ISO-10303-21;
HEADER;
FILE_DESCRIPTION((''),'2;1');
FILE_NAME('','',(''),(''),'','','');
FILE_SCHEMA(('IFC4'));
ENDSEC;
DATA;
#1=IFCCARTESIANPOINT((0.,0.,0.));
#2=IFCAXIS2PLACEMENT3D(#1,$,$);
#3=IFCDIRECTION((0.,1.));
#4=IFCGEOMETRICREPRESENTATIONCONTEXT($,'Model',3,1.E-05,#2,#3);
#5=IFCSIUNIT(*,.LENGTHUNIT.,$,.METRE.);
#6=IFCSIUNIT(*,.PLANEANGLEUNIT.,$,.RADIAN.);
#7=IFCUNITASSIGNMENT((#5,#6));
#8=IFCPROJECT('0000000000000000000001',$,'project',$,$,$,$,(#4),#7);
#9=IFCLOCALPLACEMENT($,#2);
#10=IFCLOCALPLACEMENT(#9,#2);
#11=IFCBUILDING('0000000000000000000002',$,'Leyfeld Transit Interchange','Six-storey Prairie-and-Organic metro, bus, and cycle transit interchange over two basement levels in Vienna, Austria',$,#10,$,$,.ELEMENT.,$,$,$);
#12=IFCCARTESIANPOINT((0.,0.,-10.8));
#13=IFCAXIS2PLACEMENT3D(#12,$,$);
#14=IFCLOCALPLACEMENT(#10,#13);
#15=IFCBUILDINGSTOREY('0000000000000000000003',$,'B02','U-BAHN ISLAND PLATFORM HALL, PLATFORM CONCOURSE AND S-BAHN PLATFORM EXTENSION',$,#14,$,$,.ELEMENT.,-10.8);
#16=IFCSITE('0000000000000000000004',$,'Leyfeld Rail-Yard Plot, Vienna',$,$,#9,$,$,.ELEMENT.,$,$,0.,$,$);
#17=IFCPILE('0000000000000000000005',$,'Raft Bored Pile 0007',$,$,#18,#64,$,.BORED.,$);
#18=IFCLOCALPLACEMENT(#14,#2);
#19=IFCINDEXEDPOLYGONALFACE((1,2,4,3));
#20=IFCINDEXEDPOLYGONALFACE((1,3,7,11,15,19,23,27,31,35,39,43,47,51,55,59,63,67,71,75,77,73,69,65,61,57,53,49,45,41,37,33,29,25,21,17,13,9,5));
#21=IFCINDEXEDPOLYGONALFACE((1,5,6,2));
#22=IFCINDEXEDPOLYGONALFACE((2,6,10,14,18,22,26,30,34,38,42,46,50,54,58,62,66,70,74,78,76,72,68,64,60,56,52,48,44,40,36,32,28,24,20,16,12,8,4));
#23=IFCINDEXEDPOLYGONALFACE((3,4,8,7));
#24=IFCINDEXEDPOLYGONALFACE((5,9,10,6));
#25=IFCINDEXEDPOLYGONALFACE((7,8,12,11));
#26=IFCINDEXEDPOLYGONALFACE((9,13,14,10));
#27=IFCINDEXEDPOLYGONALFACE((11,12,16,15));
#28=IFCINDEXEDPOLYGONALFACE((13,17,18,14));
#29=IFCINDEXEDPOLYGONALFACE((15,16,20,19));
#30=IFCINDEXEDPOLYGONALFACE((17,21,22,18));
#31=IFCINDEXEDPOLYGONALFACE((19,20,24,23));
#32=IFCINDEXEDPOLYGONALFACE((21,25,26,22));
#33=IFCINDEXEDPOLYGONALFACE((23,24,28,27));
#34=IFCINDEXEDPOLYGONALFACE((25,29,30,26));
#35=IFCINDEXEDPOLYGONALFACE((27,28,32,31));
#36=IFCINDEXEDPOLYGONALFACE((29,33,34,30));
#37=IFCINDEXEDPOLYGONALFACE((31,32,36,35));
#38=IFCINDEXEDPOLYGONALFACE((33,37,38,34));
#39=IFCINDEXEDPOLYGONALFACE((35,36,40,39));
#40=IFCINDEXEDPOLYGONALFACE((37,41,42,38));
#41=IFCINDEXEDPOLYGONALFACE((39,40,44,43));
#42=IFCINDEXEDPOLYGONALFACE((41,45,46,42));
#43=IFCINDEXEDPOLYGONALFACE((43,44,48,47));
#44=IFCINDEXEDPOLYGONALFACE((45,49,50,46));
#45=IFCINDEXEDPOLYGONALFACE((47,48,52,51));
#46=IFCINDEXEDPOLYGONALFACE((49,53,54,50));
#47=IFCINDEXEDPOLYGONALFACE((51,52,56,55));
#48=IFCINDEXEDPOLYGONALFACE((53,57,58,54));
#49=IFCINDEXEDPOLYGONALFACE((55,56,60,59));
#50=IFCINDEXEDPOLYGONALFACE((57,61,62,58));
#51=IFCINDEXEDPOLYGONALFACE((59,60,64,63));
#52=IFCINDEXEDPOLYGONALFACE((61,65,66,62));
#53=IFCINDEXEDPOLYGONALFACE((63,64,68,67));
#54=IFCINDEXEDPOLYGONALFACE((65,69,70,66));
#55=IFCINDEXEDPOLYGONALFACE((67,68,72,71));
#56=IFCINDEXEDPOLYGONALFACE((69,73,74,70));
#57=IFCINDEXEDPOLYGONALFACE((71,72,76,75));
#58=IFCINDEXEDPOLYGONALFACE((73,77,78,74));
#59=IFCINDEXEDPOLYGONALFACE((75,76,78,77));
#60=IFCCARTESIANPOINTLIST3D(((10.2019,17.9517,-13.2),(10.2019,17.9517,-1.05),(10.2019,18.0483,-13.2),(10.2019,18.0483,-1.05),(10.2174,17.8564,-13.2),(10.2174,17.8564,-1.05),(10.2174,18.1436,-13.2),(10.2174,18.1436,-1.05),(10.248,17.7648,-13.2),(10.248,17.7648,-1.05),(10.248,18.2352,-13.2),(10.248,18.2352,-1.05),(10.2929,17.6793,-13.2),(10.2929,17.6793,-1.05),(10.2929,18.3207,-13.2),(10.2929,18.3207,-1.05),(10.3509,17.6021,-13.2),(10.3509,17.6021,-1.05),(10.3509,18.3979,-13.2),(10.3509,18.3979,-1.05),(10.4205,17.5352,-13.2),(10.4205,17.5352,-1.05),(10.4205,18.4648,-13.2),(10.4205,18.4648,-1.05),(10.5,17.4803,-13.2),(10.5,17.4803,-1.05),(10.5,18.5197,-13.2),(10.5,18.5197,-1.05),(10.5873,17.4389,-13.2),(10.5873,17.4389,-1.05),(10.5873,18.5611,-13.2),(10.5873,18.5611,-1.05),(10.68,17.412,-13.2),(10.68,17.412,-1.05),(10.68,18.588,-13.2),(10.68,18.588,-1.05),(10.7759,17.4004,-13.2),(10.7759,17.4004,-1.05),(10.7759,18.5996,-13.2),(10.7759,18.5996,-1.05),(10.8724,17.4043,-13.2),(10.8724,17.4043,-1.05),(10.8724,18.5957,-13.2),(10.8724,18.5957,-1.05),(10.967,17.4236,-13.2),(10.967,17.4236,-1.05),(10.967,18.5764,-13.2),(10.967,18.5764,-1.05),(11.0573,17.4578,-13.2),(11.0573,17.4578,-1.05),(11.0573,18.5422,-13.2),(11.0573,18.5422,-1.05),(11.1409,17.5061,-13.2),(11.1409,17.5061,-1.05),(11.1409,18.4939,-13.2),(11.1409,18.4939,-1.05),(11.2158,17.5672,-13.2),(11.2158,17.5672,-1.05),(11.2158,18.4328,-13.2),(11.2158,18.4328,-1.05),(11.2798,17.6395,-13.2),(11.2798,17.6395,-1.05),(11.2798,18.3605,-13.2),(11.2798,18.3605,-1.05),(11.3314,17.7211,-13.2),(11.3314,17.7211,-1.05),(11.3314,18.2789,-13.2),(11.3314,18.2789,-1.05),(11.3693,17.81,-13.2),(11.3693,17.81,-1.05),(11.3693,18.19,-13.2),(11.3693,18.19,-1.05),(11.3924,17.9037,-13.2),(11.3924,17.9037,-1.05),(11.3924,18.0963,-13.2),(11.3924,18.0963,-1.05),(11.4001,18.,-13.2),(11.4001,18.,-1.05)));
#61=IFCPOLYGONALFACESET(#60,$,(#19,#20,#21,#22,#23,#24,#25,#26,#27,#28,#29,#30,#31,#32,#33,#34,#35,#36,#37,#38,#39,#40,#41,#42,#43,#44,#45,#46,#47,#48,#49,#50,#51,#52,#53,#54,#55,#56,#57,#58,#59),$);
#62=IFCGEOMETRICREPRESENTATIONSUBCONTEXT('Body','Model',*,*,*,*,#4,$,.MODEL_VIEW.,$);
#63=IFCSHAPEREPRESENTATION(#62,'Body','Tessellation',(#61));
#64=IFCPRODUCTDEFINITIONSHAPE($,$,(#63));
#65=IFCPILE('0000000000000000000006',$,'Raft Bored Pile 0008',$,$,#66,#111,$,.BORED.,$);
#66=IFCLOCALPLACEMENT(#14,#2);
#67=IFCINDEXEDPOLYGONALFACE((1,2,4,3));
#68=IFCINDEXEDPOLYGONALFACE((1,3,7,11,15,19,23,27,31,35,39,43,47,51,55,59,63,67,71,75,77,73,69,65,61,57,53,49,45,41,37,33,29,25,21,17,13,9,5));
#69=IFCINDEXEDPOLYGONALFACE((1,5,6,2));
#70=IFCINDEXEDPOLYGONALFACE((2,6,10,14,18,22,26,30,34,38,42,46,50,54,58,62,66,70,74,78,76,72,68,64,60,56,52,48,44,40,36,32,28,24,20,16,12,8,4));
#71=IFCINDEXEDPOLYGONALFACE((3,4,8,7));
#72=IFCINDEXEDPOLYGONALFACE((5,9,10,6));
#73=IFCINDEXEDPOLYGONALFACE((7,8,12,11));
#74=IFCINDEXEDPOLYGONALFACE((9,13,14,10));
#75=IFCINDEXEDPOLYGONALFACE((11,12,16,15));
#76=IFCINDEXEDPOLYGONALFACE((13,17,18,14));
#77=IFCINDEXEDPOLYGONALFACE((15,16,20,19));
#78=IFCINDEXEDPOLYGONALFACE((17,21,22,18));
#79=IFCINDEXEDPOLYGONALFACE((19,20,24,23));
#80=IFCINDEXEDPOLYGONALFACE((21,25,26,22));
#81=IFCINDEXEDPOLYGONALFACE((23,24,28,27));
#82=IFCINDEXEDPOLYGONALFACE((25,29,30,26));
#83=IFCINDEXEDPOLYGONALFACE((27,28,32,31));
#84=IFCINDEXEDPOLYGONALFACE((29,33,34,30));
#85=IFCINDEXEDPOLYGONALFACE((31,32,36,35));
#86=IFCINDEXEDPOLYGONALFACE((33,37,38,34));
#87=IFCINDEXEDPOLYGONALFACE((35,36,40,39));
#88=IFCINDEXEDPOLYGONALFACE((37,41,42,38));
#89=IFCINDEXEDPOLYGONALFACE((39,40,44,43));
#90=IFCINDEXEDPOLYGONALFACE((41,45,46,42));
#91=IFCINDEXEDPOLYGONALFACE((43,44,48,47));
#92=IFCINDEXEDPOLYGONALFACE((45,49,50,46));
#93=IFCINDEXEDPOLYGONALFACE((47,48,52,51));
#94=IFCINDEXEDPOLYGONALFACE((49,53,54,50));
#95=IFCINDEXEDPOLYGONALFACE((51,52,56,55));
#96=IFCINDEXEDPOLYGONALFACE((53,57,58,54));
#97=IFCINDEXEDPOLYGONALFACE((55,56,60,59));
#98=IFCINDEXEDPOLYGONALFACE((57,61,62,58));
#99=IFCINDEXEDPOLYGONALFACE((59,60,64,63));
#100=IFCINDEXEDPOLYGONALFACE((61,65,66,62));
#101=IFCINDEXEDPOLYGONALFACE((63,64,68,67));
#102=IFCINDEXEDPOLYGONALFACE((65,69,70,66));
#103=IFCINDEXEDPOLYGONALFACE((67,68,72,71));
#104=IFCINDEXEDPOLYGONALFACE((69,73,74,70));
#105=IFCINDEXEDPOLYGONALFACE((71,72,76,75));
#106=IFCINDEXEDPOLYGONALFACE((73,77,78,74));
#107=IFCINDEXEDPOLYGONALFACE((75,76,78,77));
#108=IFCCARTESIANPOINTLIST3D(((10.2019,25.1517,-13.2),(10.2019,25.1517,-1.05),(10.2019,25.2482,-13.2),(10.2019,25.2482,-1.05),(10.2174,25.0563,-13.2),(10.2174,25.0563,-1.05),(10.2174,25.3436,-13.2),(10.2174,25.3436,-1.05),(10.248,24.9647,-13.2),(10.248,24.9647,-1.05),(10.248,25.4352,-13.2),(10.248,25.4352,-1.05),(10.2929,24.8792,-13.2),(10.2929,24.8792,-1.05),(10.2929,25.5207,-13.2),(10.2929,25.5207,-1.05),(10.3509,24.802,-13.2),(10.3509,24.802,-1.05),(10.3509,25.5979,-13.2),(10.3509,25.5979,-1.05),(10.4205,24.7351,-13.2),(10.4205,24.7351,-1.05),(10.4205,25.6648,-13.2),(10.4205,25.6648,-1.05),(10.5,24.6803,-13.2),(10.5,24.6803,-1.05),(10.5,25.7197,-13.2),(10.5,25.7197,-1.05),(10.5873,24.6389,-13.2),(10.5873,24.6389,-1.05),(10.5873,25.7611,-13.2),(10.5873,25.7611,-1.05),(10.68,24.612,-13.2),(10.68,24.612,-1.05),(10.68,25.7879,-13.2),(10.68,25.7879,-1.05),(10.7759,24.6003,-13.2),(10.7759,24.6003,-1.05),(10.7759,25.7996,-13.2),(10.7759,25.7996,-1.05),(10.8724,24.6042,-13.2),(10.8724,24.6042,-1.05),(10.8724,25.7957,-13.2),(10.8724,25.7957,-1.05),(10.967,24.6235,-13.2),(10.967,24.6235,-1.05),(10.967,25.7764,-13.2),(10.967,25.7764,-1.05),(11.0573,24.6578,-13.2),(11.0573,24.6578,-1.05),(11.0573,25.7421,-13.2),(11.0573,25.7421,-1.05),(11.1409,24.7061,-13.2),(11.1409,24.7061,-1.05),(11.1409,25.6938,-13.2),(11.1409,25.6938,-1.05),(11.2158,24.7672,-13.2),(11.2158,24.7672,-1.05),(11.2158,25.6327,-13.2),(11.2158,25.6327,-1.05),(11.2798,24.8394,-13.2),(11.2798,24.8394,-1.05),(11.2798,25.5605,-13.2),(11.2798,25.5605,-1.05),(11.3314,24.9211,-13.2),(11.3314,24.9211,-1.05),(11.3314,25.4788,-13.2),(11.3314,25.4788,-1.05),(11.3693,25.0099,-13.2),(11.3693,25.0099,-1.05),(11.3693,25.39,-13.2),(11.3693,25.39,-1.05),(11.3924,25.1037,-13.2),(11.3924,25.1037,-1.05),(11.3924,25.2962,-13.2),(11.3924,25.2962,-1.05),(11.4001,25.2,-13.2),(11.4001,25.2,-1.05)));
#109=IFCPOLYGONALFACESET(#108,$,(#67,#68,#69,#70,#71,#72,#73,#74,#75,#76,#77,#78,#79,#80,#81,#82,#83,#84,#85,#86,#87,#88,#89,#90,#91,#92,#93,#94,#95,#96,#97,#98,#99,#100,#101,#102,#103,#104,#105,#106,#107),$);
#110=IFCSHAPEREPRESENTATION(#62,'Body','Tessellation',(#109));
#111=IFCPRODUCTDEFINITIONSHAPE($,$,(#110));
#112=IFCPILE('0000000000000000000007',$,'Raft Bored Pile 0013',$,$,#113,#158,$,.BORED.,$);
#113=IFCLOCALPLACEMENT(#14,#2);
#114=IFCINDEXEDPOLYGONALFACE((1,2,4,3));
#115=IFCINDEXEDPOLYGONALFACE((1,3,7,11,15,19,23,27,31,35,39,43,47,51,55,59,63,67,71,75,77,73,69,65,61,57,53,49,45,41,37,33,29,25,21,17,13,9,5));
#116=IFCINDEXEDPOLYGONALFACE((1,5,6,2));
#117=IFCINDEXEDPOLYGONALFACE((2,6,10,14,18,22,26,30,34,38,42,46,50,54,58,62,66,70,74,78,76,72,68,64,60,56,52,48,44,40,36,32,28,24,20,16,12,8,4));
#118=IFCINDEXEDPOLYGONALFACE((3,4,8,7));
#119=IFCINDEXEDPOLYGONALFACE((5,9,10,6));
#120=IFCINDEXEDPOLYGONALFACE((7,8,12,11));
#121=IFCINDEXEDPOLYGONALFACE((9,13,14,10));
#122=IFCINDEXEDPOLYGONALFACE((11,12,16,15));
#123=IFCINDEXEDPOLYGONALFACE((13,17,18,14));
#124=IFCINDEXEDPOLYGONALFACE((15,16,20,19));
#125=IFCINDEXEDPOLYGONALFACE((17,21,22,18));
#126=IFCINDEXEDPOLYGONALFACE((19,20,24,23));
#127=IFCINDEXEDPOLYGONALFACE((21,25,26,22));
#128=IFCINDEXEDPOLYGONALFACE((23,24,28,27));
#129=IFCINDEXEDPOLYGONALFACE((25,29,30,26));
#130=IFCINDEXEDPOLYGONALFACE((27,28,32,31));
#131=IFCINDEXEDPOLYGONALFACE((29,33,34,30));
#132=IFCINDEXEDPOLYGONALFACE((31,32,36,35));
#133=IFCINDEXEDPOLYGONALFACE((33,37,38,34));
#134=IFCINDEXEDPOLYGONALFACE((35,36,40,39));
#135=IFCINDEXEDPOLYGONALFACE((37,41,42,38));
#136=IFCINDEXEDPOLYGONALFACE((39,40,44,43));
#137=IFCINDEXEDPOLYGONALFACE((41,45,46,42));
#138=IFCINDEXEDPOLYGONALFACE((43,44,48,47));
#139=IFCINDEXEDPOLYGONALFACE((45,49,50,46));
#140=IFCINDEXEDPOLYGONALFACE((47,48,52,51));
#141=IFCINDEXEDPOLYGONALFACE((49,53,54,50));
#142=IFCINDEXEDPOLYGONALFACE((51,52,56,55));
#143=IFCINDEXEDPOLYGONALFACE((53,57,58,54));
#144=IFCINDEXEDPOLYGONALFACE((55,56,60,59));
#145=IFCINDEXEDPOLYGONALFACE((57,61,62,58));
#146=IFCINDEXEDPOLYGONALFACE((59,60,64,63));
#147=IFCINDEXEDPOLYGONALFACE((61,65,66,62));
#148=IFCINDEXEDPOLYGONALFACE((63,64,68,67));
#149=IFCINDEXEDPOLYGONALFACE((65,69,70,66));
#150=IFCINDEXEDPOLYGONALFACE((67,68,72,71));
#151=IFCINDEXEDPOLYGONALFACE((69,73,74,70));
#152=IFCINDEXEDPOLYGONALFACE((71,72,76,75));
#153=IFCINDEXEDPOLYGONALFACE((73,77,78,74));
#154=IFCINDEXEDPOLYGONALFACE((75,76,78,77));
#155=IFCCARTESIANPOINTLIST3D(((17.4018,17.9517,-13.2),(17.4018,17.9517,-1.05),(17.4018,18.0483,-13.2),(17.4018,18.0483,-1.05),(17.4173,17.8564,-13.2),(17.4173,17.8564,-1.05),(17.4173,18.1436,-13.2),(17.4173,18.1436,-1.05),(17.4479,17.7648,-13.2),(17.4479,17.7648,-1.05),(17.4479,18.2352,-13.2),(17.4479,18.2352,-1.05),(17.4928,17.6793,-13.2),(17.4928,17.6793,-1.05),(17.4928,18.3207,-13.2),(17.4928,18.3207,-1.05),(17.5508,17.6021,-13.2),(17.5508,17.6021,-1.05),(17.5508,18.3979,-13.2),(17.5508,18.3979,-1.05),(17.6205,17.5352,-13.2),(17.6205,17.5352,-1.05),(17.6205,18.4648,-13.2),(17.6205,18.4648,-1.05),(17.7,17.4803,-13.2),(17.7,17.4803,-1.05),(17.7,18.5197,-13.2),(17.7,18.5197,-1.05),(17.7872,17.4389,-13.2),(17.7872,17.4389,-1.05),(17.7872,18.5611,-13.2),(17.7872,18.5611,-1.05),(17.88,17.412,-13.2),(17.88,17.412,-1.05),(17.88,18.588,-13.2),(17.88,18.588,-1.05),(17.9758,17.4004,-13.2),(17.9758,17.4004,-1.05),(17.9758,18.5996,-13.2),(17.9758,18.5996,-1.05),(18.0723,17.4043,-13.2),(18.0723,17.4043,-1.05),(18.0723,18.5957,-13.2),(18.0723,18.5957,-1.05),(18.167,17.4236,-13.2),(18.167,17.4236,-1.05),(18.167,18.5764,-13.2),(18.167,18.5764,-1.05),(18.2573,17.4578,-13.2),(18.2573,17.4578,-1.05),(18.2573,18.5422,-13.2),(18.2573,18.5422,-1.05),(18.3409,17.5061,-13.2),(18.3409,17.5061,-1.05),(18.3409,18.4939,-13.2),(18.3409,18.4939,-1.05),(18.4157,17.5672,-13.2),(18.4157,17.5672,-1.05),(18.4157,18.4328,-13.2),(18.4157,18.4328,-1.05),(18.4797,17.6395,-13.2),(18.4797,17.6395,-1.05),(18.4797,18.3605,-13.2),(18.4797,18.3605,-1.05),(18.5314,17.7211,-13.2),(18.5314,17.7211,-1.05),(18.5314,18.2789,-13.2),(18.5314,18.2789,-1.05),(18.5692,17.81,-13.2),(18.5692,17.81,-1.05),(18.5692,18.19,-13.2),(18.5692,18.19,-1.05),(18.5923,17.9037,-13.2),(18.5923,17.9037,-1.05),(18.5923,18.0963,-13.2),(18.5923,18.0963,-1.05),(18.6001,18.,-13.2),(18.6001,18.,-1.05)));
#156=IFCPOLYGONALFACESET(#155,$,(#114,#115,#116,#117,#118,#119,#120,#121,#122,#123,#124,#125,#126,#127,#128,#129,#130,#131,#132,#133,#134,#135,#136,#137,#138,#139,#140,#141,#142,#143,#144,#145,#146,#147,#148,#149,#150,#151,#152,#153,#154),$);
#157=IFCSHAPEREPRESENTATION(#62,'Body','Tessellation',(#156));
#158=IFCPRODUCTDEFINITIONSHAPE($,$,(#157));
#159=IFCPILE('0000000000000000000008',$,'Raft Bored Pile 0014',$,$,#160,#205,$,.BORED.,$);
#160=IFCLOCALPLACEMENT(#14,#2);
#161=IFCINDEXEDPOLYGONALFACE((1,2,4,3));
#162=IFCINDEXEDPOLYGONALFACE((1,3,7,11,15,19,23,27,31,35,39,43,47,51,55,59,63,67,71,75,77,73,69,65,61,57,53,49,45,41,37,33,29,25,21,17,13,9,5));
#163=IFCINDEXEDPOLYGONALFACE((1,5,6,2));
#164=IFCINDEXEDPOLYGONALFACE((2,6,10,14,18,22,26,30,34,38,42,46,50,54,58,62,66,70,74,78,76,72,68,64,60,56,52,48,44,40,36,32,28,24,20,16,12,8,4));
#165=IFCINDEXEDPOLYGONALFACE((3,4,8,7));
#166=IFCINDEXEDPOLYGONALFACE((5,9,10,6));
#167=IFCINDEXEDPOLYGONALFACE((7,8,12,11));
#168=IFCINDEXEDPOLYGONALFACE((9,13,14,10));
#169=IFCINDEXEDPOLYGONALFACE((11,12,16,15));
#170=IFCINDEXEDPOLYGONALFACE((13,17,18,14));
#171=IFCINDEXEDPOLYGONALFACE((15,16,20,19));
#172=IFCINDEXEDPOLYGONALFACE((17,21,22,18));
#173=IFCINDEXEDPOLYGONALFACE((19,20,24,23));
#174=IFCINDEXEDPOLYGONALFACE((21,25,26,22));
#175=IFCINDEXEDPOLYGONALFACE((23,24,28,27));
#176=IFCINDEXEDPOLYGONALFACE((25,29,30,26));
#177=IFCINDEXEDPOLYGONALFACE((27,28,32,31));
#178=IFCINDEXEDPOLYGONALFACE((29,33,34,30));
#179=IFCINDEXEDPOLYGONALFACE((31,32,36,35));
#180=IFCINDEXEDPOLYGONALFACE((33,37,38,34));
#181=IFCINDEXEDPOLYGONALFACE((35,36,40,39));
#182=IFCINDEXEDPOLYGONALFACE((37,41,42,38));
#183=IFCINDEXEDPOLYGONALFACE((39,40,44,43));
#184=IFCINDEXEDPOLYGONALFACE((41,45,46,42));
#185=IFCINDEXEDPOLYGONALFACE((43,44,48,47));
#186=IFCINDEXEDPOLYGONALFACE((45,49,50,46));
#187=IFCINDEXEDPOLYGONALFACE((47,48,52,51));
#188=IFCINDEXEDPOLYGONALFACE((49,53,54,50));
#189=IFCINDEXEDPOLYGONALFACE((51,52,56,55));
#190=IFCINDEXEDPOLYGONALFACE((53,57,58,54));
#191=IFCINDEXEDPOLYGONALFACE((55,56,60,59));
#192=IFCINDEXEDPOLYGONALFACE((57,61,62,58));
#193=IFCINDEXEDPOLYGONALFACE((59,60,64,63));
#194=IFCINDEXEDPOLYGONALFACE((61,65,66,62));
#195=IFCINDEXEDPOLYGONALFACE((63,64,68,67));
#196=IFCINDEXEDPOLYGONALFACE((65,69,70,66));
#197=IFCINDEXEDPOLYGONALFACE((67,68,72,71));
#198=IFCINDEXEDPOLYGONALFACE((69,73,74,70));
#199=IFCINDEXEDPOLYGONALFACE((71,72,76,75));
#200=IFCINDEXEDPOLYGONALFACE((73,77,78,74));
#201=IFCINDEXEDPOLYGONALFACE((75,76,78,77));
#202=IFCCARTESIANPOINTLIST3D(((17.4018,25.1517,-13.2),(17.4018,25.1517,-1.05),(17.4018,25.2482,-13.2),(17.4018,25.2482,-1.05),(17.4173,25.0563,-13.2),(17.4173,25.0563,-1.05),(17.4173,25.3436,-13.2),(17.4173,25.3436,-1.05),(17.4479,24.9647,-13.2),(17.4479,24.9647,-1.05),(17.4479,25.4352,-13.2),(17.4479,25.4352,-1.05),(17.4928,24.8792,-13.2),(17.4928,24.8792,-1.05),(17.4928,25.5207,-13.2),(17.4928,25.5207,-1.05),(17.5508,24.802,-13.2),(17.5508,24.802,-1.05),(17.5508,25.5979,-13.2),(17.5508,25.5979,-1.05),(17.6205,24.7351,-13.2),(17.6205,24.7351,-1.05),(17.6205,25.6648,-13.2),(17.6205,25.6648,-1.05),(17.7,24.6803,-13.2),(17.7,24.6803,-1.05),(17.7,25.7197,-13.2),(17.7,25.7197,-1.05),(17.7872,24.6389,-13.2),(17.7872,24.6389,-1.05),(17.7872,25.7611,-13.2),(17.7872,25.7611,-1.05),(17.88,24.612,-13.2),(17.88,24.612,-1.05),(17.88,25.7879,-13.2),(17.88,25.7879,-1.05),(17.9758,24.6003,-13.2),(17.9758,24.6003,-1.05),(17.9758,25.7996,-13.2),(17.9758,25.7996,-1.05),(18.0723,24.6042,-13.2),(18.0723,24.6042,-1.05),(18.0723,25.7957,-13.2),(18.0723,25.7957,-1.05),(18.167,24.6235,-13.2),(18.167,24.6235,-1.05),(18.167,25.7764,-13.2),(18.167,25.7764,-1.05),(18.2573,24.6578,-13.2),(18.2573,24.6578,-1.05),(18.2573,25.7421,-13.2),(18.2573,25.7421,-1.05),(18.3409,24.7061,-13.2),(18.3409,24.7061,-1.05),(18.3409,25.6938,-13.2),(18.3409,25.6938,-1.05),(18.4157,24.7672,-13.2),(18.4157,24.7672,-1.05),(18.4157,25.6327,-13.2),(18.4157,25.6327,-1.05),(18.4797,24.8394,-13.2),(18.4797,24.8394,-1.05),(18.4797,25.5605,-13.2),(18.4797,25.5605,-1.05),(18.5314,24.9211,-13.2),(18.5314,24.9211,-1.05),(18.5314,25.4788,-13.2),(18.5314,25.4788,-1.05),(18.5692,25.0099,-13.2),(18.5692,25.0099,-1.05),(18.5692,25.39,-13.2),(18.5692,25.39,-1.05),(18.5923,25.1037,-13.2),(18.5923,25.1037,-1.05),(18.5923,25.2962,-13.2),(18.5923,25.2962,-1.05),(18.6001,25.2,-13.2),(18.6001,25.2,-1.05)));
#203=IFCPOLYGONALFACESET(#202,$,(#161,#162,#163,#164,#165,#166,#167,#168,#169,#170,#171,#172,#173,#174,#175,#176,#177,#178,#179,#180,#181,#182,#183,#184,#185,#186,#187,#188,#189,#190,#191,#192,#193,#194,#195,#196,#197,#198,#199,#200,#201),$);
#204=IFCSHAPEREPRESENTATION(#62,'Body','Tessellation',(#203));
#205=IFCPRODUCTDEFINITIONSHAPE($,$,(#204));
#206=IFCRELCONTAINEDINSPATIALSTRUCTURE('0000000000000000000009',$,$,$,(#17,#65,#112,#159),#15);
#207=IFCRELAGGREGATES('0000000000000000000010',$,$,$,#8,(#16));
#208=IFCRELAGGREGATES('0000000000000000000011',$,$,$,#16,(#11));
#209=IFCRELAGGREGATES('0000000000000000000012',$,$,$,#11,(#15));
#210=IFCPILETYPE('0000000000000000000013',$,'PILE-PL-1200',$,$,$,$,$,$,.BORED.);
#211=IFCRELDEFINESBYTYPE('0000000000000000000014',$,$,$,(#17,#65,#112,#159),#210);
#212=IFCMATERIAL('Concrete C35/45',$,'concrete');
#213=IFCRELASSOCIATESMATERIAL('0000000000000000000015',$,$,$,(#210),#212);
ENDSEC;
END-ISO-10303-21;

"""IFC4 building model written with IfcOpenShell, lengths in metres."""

from ifc_helpers import new_model, si_unit, direction, frame, origin, origin_2d, place, context, subcontext, project, spatial, circle, extrude, material, material_profile, profile_set, type_object, element, save


model = new_model("IFC4")

# Units and contexts
model_context = context("Model", 3, precision=1e-05, world=origin(), true_north=direction((0.0, 1.0)))
body_context = subcontext(model_context, "Body", "Model", "MODEL_VIEW")
ifc_project = project(units=[si_unit("LENGTHUNIT", "METRE"), si_unit("PLANEANGLEUNIT", "RADIAN")], contexts=[model_context])

# Site, building, storey
site_placement = place(None, origin())
site = spatial("IfcSite", under=ifc_project, at=site_placement, Name="Leyfeld Rail-Yard Plot, Vienna", CompositionType="ELEMENT", RefElevation=0.0)
building_placement = place(site_placement, origin())
building = spatial("IfcBuilding", under=site, at=building_placement, Name="Leyfeld Transit Interchange", Description="Six-storey Prairie-and-Organic metro, bus, and cycle transit interchange over two basement levels in Vienna, Austria", CompositionType="ELEMENT")
storey_placement = place(building_placement, frame((0.0, 0.0, -10.8)))
storey = spatial("IfcBuildingStorey", under=building, at=storey_placement, Name="B02", Description="U-BAHN ISLAND PLATFORM HALL, PLATFORM CONCOURSE AND S-BAHN PLATFORM EXTENSION", CompositionType="ELEMENT", Elevation=-10.8)

# Piles
ifc_material_1 = material(Name="Concrete C35/45", Category="concrete")
ifc_material_profile_1 = material_profile(ifc_material_1, circle(Radius=0.6001, at=origin_2d()), Name="PILE D1200")
ifc_profile_set_1 = profile_set([ifc_material_profile_1], Name="Concrete C35/45")
pile_type = type_object("IfcPileType", Name="PILE-PL-1200", PredefinedType="BORED", material=ifc_profile_set_1)
for number, where, z_axis, x_axis, name in (
    (1, (10.8, 18.0, -1.05), (0.0, 0.0, -1.0), (1.0, 0.0, 0.0), "Raft Bored Pile 0007"),
    (2, (10.8, 25.2, -1.05), (0.0, 0.0, -1.0), (1.0, 0.0, 0.0), "Raft Bored Pile 0008"),
    (3, (18.0, 18.0, -1.05), (0.0, 0.0, -1.0), (1.0, 0.0, 0.0), "Raft Bored Pile 0013"),
    (4, (18.0, 25.2, -1.05), (0.0, 0.0, -1.0), (1.0, 0.0, 0.0), "Raft Bored Pile 0014"),
):
    element("IfcPile", number, at=place(storey_placement, frame(where, z_axis=z_axis, x_axis=x_axis)), inside=storey, type_object=pile_type, Name=name, PredefinedType="BORED", context=body_context, shape_type="SweptSolid", body=[
        extrude(circle(Radius=0.6001, at=origin_2d()), origin(), (0.0, 0.0, 1.0), 12.1499),
    ])

save(model, "model.ifc")
